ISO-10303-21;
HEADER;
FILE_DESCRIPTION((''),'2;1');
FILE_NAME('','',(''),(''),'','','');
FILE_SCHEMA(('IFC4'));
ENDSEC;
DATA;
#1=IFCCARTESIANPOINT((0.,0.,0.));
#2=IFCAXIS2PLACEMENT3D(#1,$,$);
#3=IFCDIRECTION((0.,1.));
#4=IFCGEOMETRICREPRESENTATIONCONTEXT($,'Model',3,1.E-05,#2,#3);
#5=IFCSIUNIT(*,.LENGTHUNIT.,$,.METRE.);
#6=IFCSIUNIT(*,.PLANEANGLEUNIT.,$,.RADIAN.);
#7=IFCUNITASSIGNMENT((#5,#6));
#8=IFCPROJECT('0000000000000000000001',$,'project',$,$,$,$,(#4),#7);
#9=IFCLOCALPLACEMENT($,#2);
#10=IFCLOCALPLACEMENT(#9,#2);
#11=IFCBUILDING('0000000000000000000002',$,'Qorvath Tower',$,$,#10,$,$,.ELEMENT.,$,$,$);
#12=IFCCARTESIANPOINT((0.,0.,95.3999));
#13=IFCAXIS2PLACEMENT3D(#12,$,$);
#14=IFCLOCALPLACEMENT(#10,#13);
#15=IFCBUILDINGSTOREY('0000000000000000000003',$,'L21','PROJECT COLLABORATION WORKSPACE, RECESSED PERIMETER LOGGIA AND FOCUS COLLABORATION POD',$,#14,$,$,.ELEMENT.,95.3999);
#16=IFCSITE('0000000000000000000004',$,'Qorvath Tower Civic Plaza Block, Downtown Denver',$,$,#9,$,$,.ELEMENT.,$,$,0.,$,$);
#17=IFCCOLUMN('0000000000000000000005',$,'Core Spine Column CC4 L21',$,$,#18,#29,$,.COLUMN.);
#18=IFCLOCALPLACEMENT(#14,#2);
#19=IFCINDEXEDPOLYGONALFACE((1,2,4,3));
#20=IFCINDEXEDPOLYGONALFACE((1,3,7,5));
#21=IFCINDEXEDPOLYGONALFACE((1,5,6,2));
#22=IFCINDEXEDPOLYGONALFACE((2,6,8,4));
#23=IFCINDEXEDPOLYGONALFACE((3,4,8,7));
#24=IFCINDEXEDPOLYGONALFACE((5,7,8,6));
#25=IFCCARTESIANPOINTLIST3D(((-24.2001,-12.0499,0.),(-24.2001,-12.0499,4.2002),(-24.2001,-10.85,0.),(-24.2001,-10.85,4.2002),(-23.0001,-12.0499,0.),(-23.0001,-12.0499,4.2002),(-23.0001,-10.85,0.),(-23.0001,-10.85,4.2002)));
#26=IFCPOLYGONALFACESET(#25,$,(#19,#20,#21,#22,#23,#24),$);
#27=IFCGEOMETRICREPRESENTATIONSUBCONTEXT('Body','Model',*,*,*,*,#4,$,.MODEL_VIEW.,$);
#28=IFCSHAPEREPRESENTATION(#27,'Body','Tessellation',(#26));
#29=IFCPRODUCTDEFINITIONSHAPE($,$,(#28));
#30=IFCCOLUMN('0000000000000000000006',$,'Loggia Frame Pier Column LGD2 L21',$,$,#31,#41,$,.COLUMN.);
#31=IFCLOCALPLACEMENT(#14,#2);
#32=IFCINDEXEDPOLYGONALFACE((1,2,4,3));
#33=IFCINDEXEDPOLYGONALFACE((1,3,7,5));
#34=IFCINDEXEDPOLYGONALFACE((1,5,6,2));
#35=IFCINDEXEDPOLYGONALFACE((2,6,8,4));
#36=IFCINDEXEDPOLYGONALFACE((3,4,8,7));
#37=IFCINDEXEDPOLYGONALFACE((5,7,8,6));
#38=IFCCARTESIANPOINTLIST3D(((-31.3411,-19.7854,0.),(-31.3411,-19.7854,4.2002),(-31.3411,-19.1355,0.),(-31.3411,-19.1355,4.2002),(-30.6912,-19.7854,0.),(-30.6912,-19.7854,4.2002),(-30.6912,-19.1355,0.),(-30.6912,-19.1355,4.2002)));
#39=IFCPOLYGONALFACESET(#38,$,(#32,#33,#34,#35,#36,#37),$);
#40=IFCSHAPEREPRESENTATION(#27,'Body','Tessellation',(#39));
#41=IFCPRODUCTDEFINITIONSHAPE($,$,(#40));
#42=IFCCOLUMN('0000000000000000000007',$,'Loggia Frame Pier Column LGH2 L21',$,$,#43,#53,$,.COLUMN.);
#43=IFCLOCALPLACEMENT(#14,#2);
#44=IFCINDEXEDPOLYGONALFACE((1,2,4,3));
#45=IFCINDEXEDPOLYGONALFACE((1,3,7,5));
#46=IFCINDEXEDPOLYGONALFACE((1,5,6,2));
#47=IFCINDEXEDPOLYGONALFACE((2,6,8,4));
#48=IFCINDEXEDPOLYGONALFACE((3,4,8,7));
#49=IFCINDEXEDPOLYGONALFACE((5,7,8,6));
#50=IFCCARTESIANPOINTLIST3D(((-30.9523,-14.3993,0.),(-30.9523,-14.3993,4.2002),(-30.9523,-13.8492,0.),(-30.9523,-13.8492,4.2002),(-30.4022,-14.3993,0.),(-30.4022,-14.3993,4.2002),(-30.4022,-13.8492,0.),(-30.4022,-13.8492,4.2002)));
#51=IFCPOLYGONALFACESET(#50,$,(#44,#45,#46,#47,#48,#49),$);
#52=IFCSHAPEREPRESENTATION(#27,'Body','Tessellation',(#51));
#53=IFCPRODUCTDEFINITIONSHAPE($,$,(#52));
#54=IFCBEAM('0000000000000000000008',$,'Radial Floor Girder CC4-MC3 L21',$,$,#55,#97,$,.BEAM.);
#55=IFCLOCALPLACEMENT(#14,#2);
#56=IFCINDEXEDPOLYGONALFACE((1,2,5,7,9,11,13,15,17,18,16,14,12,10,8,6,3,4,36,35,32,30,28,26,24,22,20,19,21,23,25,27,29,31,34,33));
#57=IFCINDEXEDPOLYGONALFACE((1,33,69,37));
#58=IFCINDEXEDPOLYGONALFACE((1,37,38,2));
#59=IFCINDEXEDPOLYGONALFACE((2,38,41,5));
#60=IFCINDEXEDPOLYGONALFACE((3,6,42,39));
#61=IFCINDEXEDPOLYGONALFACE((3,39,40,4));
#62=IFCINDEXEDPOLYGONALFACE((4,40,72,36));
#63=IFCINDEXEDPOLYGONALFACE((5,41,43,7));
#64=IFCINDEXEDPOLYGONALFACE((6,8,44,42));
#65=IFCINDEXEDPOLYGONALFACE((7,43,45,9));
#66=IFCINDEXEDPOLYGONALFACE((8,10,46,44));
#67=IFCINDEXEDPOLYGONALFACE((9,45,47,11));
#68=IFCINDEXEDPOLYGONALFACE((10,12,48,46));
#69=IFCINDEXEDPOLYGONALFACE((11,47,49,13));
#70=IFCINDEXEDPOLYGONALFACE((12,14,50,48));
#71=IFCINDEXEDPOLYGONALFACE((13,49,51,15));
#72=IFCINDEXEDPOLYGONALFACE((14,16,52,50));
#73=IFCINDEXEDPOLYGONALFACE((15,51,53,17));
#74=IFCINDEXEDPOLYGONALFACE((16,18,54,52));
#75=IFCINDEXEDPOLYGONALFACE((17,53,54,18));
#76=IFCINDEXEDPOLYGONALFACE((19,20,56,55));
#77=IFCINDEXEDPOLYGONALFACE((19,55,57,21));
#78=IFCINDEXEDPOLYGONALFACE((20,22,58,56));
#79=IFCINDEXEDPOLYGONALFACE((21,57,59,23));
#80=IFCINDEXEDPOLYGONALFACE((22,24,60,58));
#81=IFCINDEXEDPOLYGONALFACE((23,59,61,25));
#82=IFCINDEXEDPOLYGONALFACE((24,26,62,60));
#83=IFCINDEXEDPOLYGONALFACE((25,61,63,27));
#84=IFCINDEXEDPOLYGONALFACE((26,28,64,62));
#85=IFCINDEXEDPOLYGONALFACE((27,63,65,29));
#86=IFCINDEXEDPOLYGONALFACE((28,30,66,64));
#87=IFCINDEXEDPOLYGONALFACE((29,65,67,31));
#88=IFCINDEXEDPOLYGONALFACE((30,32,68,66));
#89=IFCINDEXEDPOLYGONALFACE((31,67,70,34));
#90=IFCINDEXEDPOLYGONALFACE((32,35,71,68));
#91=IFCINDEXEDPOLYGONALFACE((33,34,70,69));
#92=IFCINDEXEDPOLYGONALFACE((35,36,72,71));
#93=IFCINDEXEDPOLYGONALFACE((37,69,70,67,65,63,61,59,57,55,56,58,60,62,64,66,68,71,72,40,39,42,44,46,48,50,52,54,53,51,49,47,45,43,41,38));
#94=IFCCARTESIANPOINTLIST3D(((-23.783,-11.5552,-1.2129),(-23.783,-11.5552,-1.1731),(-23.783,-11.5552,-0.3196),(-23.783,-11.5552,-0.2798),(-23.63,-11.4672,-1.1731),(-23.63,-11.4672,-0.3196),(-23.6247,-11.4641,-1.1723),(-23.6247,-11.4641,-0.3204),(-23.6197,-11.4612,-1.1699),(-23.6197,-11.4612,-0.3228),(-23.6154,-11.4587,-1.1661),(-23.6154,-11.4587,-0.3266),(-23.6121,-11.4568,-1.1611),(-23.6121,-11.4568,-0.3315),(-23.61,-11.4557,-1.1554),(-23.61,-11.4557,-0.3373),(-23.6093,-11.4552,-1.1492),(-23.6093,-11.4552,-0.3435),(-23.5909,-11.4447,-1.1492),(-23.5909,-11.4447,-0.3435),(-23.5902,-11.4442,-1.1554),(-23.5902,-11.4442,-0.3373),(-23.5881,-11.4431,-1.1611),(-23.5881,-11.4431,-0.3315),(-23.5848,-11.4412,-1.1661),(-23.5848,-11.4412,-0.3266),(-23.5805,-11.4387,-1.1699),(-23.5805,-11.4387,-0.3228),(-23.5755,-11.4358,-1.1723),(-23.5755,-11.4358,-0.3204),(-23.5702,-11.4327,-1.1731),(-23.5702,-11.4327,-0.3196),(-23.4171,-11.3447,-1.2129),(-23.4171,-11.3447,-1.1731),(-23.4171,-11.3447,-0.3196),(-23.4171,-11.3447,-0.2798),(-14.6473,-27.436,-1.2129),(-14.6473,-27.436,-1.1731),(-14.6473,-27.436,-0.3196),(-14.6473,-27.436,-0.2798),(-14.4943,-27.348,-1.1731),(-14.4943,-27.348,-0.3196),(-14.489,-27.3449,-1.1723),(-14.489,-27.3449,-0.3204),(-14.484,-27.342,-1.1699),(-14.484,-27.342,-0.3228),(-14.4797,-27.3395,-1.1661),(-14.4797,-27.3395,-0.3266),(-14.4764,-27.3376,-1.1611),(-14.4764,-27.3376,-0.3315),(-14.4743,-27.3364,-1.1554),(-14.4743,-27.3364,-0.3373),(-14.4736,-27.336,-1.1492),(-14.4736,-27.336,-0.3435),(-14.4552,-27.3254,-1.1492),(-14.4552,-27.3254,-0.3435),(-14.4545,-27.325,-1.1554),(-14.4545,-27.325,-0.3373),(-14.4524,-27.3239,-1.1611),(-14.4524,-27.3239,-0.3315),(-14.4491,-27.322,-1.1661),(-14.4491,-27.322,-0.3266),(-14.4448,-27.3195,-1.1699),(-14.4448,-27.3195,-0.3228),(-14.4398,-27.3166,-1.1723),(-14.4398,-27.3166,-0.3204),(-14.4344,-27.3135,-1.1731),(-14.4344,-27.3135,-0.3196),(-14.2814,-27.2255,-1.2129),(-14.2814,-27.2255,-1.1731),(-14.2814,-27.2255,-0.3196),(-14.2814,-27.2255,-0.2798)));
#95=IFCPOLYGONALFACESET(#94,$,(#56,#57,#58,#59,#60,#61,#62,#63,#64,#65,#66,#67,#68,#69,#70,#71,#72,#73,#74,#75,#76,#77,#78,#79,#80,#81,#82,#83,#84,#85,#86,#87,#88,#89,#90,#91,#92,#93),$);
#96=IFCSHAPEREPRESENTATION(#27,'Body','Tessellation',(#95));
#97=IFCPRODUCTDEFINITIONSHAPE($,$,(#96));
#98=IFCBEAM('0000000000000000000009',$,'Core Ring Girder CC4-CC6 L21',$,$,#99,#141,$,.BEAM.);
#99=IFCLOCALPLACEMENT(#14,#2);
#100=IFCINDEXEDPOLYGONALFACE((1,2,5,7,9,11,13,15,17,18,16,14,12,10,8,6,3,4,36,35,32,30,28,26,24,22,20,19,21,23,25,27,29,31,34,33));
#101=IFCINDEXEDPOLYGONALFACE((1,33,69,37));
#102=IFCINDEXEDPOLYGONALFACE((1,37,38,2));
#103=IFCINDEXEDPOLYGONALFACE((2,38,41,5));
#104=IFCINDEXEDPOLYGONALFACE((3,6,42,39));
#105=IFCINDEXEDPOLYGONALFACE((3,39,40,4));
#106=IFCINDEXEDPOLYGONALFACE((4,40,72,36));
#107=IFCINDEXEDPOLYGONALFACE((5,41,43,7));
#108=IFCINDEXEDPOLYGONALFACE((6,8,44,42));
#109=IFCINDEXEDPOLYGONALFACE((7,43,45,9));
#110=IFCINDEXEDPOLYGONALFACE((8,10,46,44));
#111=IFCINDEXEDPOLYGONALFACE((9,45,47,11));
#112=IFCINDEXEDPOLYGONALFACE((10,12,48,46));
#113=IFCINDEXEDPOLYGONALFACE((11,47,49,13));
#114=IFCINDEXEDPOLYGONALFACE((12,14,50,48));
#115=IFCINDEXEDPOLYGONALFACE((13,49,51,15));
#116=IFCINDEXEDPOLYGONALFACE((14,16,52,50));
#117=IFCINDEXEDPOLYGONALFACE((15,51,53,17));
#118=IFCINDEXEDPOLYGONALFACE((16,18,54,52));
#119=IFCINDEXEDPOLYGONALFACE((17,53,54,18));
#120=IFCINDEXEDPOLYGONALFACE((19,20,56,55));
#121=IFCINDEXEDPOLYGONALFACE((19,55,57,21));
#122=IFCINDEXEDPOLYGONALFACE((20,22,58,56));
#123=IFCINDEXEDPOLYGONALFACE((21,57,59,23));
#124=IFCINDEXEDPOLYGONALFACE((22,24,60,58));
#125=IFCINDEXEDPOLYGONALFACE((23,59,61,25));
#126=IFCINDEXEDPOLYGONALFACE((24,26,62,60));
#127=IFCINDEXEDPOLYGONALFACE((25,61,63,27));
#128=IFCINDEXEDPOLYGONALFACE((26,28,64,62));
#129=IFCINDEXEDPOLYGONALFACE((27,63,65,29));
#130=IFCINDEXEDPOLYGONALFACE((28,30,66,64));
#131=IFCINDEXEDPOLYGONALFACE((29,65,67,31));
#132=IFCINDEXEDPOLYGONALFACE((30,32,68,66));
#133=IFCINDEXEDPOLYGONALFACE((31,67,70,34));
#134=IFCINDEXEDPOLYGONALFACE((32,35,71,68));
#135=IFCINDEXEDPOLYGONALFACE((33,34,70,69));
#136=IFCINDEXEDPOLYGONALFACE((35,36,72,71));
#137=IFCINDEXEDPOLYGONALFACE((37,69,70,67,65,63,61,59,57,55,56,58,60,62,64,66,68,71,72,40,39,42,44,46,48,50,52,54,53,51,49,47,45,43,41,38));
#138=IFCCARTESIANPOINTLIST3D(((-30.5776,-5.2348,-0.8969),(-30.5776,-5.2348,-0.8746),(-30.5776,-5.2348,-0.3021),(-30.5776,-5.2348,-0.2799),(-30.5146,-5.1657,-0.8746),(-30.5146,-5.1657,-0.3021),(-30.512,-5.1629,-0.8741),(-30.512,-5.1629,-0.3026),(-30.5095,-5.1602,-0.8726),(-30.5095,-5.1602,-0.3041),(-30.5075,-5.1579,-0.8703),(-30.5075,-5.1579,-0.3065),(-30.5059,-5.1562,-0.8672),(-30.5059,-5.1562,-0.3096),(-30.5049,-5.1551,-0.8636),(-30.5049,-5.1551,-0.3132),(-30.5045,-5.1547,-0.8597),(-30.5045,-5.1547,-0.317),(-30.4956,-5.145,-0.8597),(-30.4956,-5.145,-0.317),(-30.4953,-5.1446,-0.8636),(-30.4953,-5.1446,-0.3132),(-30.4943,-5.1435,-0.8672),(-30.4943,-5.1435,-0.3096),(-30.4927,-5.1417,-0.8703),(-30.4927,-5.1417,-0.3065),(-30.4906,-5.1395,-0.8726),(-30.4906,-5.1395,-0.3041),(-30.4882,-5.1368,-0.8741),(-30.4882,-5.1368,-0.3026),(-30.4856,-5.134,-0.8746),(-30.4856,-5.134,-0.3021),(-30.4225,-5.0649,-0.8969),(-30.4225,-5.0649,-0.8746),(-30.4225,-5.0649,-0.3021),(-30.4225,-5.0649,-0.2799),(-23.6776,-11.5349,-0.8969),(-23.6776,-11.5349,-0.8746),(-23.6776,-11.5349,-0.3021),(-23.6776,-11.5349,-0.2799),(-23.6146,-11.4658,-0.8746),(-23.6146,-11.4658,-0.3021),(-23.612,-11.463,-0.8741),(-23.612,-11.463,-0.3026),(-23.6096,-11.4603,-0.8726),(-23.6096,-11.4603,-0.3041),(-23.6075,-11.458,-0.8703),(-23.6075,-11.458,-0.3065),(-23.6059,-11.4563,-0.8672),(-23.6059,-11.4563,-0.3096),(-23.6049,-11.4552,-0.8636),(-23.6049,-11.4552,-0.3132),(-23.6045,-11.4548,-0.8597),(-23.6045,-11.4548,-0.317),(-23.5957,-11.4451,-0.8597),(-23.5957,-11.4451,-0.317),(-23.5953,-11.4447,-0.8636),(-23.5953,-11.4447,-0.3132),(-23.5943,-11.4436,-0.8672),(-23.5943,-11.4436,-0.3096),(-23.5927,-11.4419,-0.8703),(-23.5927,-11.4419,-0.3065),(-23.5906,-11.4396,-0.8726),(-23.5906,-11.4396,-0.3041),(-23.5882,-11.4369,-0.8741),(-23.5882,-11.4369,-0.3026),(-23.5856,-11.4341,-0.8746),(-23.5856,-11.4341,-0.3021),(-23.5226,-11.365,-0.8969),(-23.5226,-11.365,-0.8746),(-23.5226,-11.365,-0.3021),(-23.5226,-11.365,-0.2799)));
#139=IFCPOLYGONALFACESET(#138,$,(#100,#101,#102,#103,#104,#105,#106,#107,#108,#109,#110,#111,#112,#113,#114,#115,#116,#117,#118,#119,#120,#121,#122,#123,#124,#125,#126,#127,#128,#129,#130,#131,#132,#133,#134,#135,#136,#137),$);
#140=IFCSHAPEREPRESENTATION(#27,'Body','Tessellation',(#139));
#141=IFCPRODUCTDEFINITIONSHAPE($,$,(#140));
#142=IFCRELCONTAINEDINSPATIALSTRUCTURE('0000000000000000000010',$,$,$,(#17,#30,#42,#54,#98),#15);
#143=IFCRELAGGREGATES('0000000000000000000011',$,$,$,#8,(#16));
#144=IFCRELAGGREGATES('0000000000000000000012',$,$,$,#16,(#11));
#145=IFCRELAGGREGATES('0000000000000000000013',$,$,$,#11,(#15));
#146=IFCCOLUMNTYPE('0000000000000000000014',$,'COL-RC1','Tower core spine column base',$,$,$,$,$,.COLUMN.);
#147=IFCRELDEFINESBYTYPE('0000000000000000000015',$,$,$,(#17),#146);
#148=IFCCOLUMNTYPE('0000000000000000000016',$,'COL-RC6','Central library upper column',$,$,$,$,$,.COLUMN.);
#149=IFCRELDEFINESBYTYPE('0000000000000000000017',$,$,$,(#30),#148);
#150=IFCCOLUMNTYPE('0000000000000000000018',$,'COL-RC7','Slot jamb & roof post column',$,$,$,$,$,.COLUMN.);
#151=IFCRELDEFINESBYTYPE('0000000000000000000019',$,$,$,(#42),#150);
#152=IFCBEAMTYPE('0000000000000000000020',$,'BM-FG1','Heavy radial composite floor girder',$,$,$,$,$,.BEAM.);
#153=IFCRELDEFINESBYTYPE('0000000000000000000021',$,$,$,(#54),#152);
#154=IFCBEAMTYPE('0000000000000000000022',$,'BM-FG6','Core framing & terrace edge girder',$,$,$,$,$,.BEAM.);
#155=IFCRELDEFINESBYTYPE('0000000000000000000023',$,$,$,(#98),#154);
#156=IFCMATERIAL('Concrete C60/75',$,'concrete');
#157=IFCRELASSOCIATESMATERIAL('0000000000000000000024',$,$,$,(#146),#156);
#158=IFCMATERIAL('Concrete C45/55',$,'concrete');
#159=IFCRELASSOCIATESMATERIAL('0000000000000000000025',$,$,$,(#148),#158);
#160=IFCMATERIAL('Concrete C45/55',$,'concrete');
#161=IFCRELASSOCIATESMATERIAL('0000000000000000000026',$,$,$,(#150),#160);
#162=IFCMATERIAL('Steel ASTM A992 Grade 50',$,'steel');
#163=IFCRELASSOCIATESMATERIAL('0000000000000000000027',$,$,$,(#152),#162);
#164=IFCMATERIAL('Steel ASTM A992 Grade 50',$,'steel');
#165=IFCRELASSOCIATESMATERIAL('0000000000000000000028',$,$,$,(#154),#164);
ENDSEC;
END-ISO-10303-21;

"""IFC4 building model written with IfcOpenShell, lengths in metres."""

from ifc_helpers import new_model, si_unit, direction, frame, origin, origin_2d, place, context, subcontext, project, spatial, rectangle, i_section, extrude, material, material_profile, profile_set, type_object, element, save


model = new_model("IFC4")

# Units and contexts
model_context = context("Model", 3, precision=1e-05, world=origin(), true_north=direction((0.0, 1.0)))
body_context = subcontext(model_context, "Body", "Model", "MODEL_VIEW")
ifc_project = project(units=[si_unit("LENGTHUNIT", "METRE"), si_unit("PLANEANGLEUNIT", "RADIAN")], contexts=[model_context])

# Site, building, storey
site_placement = place(None, origin())
site = spatial("IfcSite", under=ifc_project, at=site_placement, Name="Qorvath Tower Civic Plaza Block, Downtown Denver", CompositionType="ELEMENT", RefElevation=0.0)
building_placement = place(site_placement, origin())
building = spatial("IfcBuilding", under=site, at=building_placement, Name="Qorvath Tower", CompositionType="ELEMENT")
storey_placement = place(building_placement, frame((0.0, 0.0, 95.3999)))
storey = spatial("IfcBuildingStorey", under=building, at=storey_placement, Name="L21", Description="PROJECT COLLABORATION WORKSPACE, RECESSED PERIMETER LOGGIA AND FOCUS COLLABORATION POD", CompositionType="ELEMENT", Elevation=95.3999)

# Columns
ifc_material_1 = material(Name="Concrete C60/75", Category="concrete")
ifc_material_profile_1 = material_profile(ifc_material_1, rectangle(XDim=1.2, YDim=1.2, at=origin_2d()), Name="RC 1200x1200")
ifc_profile_set_1 = profile_set([ifc_material_profile_1], Name="Concrete C60/75")
column_type_1 = type_object("IfcColumnType", Name="COL-RC1", Description="Tower core spine column base", PredefinedType="COLUMN", material=ifc_profile_set_1)
column_1_placement = place(storey_placement, frame((-23.6001, -11.45, 0.0), z_axis=(0.0, 0.0, 1.0), x_axis=(1.0, 0.0, 0.0)))
element("IfcColumn", 1, at=column_1_placement, inside=storey, type_object=column_type_1, Name="Core Spine Column CC4 L21", PredefinedType="COLUMN", context=body_context, shape_type="SweptSolid", body=[
    extrude(rectangle(XDim=1.2, YDim=1.2, at=origin_2d()), origin(), (0.0, 0.0, 1.0), 4.2002),
])
ifc_material_2 = material(Name="Concrete C45/55", Category="concrete")
ifc_material_profile_2 = material_profile(ifc_material_2, rectangle(XDim=0.6499, YDim=0.6499, at=origin_2d()), Name="RC 650x650")
ifc_profile_set_2 = profile_set([ifc_material_profile_2], Name="Concrete C45/55")
column_type_2 = type_object("IfcColumnType", Name="COL-RC6", Description="Central library upper column", PredefinedType="COLUMN", material=ifc_profile_set_2)
column_2_placement = place(storey_placement, frame((-31.0161, -19.4604, 0.0), z_axis=(0.0, 0.0, 1.0), x_axis=(1.0, 0.0, 0.0)))
element("IfcColumn", 2, at=column_2_placement, inside=storey, type_object=column_type_2, Name="Loggia Frame Pier Column LGD2 L21", PredefinedType="COLUMN", context=body_context, shape_type="SweptSolid", body=[
    extrude(rectangle(XDim=0.6499, YDim=0.6499, at=origin_2d()), origin(), (0.0, 0.0, 1.0), 4.2002),
])
ifc_material_3 = material(Name="Concrete C45/55", Category="concrete")
ifc_material_profile_3 = material_profile(ifc_material_3, rectangle(XDim=0.55, YDim=0.55, at=origin_2d()), Name="RC 550x550")
ifc_profile_set_3 = profile_set([ifc_material_profile_3], Name="Concrete C45/55")
column_type_3 = type_object("IfcColumnType", Name="COL-RC7", Description="Slot jamb & roof post column", PredefinedType="COLUMN", material=ifc_profile_set_3)
column_3_placement = place(storey_placement, frame((-30.6772, -14.1243, 0.0), z_axis=(0.0, 0.0, 1.0), x_axis=(1.0, 0.0, 0.0)))
element("IfcColumn", 3, at=column_3_placement, inside=storey, type_object=column_type_3, Name="Loggia Frame Pier Column LGH2 L21", PredefinedType="COLUMN", context=body_context, shape_type="SweptSolid", body=[
    extrude(rectangle(XDim=0.55, YDim=0.55, at=origin_2d()), origin(), (0.0, 0.0, 1.0), 4.2002),
])

# Beams
ifc_material_4 = material(Name="Steel ASTM A992 Grade 50", Category="steel")
ifc_material_profile_4 = material_profile(ifc_material_4, i_section(OverallWidth=0.4221, OverallDepth=0.9331, WebThickness=0.0212, FlangeThickness=0.0398, FilletRadius=0.0239, at=origin_2d()), Name="W36x262")
ifc_profile_set_4 = profile_set([ifc_material_profile_4], Name="Steel ASTM A992 Grade 50")
beam_type_1 = type_object("IfcBeamType", Name="BM-FG1", Description="Heavy radial composite floor girder", PredefinedType="BEAM", material=ifc_profile_set_4)
beam_1_placement = place(storey_placement, frame((-23.6001, -11.45, -0.7463), z_axis=(0.498645, -0.866806, 0.0), x_axis=(0.866806, 0.498645, 0.0)))
element("IfcBeam", 4, at=beam_1_placement, inside=storey, type_object=beam_type_1, Name="Radial Floor Girder CC4-MC3 L21", PredefinedType="BEAM", context=body_context, shape_type="SweptSolid", body=[
    extrude(i_section(OverallWidth=0.4221, OverallDepth=0.9331, WebThickness=0.0212, FlangeThickness=0.0398, FilletRadius=0.0239, at=origin_2d()), origin(), (0.0, 0.0, 1.0), 18.321),
])
ifc_material_5 = material(Name="Steel ASTM A992 Grade 50", Category="steel")
ifc_material_profile_5 = material_profile(ifc_material_5, i_section(OverallWidth=0.23, OverallDepth=0.6169, WebThickness=0.0132, FlangeThickness=0.0222, FilletRadius=0.0149, at=origin_2d()), Name="W24x94")
ifc_profile_set_5 = profile_set([ifc_material_profile_5], Name="Steel ASTM A992 Grade 50")
beam_type_2 = type_object("IfcBeamType", Name="BM-FG6", Description="Core framing & terrace edge girder", PredefinedType="BEAM", material=ifc_profile_set_5)
beam_2_placement = place(storey_placement, frame((-23.6001, -11.45, -0.5884), z_axis=(-0.738478, 0.674277, 0.0), x_axis=(-0.674277, -0.738478, 0.0)))
element("IfcBeam", 5, at=beam_2_placement, inside=storey, type_object=beam_type_2, Name="Core Ring Girder CC4-CC6 L21", PredefinedType="BEAM", context=body_context, shape_type="SweptSolid", body=[
    extrude(i_section(OverallWidth=0.23, OverallDepth=0.6169, WebThickness=0.0132, FlangeThickness=0.0222, FilletRadius=0.0149, at=origin_2d()), origin(), (0.0, 0.0, 1.0), 9.3435),
])

save(model, "model.ifc")
